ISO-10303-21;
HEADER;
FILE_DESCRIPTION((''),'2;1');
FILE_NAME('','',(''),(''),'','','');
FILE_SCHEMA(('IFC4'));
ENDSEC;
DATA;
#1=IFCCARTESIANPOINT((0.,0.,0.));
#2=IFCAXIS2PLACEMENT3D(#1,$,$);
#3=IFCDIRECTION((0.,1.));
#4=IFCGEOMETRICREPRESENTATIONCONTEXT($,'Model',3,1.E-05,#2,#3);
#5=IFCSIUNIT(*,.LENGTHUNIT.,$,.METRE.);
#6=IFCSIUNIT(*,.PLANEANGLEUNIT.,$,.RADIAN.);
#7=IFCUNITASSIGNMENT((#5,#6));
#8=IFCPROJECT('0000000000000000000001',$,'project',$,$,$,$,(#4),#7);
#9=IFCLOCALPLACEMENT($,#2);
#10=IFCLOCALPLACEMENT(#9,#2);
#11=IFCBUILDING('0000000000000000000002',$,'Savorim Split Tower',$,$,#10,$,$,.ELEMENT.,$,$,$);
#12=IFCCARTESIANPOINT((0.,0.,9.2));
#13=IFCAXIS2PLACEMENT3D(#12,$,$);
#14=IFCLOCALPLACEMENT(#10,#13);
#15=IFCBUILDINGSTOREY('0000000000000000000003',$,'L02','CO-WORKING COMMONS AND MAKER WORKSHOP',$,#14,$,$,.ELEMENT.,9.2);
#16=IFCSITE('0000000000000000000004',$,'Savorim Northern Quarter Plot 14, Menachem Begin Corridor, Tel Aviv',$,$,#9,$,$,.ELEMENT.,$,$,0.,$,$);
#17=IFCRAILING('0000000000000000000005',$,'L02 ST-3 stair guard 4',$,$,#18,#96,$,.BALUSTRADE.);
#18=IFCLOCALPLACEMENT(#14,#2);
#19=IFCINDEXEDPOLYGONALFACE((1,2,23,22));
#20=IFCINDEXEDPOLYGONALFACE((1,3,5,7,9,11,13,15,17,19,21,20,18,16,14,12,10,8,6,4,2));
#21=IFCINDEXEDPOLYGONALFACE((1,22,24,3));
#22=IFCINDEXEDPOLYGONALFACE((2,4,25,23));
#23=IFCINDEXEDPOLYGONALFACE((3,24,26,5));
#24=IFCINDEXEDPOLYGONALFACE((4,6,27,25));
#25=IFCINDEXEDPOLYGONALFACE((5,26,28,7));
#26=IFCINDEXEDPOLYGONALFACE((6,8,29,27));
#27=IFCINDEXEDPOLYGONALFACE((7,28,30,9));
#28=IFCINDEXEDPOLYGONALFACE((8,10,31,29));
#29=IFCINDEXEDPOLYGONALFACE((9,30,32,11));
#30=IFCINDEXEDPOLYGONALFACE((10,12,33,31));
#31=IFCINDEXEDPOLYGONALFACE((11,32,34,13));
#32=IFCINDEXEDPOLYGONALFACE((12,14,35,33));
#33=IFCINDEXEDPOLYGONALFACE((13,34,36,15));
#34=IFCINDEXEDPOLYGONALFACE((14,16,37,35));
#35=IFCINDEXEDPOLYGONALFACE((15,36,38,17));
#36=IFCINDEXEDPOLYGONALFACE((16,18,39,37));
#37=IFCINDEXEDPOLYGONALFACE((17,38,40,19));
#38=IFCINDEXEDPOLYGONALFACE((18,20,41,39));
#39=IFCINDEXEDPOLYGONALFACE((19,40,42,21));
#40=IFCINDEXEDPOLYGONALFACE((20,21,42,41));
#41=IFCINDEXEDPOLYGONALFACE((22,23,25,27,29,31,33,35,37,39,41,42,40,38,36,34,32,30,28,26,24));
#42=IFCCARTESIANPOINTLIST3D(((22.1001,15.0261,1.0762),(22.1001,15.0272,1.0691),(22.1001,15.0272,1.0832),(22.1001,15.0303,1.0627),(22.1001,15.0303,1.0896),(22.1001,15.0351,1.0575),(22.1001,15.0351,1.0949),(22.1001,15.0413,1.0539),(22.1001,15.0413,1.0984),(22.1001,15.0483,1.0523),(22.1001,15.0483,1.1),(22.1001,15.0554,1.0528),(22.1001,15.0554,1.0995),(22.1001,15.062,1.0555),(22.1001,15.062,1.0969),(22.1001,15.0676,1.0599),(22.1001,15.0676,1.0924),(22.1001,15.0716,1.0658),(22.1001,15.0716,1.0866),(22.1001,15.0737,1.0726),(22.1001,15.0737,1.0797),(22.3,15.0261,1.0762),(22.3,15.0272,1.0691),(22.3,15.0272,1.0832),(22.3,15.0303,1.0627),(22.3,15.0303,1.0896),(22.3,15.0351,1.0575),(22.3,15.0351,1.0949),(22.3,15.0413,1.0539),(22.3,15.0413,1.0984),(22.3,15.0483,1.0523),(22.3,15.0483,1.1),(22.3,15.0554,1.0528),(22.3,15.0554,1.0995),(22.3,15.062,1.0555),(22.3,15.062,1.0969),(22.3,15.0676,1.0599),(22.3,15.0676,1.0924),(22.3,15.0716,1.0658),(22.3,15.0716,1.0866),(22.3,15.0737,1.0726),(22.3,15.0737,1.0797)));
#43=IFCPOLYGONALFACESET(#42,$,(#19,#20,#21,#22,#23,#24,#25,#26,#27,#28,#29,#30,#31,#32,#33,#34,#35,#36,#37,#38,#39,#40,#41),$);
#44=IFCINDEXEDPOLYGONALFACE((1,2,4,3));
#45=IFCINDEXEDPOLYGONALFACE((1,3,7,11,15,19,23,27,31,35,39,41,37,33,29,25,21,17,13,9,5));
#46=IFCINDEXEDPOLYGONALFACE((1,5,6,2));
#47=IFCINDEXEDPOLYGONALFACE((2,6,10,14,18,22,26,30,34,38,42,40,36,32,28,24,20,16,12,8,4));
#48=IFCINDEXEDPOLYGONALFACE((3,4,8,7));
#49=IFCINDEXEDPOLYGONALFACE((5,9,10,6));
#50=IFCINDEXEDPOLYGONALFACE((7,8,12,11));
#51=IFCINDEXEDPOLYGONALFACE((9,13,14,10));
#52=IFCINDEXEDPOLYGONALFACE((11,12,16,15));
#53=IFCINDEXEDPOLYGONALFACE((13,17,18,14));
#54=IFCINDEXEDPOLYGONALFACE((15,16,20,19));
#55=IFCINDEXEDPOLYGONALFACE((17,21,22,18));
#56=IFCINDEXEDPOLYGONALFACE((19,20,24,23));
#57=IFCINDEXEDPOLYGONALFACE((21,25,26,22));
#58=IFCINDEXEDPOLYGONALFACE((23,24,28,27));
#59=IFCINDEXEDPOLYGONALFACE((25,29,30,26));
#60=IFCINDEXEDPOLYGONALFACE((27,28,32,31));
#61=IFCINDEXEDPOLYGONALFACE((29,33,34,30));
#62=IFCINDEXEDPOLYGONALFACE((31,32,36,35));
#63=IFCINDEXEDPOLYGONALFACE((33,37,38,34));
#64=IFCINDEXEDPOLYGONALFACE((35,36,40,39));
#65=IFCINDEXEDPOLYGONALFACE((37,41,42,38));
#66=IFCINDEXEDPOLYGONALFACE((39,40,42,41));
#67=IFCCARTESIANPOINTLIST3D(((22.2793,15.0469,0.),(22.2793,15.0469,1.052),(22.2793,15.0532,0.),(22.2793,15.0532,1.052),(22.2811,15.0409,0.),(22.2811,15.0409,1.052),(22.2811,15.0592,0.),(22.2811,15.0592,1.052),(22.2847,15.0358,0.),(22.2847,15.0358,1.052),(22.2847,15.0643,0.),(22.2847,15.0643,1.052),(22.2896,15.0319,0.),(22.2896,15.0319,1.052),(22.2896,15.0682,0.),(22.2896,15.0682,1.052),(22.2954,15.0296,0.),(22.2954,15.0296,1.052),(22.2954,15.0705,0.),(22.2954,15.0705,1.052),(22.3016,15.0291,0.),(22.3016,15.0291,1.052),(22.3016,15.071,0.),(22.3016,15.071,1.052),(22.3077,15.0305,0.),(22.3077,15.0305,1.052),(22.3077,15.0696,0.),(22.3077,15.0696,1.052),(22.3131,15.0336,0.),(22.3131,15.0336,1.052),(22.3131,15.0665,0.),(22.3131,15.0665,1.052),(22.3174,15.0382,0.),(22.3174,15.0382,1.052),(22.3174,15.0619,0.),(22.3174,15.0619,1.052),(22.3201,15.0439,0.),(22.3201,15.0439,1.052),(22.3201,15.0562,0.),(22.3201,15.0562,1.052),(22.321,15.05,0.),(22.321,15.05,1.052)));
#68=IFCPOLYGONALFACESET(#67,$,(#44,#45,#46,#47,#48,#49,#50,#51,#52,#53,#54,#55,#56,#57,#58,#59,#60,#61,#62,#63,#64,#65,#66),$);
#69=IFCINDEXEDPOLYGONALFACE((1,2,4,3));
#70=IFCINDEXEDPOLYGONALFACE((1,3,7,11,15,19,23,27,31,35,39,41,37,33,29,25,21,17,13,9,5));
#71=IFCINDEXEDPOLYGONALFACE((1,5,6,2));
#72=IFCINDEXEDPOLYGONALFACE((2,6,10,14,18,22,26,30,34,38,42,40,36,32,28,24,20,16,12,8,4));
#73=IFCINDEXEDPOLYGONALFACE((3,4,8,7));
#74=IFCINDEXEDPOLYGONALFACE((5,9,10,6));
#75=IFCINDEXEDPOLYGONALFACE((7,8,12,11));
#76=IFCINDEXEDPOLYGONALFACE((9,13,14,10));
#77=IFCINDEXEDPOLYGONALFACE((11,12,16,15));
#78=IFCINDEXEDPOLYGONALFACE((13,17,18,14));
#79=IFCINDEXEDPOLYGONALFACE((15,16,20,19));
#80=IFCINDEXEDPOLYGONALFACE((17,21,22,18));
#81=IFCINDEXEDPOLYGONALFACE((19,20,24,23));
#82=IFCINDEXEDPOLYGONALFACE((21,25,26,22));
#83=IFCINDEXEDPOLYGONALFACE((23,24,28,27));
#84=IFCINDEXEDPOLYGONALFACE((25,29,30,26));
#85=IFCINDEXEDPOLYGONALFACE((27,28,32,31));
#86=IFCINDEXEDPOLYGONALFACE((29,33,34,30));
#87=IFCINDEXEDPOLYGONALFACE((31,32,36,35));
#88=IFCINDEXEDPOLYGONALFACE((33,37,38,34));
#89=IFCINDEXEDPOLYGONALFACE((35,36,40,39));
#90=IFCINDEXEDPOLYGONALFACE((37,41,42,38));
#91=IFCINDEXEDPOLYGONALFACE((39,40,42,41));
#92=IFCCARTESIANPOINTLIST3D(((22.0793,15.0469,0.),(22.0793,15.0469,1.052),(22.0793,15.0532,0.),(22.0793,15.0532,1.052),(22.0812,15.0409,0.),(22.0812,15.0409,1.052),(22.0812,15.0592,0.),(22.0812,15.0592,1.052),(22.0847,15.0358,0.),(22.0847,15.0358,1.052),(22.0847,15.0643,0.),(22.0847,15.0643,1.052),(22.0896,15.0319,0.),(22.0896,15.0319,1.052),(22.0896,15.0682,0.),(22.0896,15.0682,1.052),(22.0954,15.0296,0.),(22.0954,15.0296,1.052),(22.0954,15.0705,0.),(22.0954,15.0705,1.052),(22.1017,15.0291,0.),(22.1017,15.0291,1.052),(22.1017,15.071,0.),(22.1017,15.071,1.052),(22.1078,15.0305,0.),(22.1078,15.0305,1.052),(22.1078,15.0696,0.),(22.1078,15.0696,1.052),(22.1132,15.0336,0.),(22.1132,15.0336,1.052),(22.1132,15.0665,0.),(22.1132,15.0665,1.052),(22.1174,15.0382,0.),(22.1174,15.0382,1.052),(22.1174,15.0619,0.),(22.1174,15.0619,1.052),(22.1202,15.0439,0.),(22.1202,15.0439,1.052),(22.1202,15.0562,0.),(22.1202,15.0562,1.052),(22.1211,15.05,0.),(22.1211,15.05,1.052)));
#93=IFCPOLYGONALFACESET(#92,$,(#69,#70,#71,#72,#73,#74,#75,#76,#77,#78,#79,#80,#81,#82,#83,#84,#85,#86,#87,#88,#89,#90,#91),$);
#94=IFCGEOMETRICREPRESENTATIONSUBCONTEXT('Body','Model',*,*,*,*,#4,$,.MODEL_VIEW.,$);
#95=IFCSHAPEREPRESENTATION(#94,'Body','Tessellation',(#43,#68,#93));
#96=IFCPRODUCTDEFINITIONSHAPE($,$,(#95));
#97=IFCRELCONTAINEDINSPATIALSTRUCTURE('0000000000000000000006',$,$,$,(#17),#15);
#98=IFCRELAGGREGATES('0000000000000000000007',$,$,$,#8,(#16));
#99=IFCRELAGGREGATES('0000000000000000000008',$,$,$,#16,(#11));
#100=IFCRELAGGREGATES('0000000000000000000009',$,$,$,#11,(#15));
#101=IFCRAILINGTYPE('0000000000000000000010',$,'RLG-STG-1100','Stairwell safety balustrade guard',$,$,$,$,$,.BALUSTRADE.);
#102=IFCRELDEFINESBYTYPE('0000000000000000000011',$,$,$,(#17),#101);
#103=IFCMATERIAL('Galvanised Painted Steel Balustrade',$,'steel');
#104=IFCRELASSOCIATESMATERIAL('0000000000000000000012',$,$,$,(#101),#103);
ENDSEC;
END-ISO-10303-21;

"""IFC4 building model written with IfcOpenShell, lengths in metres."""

from ifc_helpers import new_model, si_unit, direction, frame, origin, origin_2d, place, context, subcontext, project, spatial, circle, extrude, material, type_object, element, save


model = new_model("IFC4")

# Units and contexts
model_context = context("Model", 3, precision=1e-05, world=origin(), true_north=direction((0.0, 1.0)))
body_context = subcontext(model_context, "Body", "Model", "MODEL_VIEW")
ifc_project = project(units=[si_unit("LENGTHUNIT", "METRE"), si_unit("PLANEANGLEUNIT", "RADIAN")], contexts=[model_context])

# Site, building, storey
site_placement = place(None, origin())
site = spatial("IfcSite", under=ifc_project, at=site_placement, Name="Savorim Northern Quarter Plot 14, Menachem Begin Corridor, Tel Aviv", CompositionType="ELEMENT", RefElevation=0.0)
building_placement = place(site_placement, origin())
building = spatial("IfcBuilding", under=site, at=building_placement, Name="Savorim Split Tower", CompositionType="ELEMENT")
storey_placement = place(building_placement, frame((0.0, 0.0, 9.2)))
storey = spatial("IfcBuildingStorey", under=building, at=storey_placement, Name="L02", Description="CO-WORKING COMMONS AND MAKER WORKSHOP", CompositionType="ELEMENT", Elevation=9.2)

# Railing
ifc_material_1 = material(Name="Galvanised Painted Steel Balustrade", Category="steel")
railing_type_1 = type_object("IfcRailingType", Name="RLG-STG-1100", Description="Stairwell safety balustrade guard", PredefinedType="BALUSTRADE", material=ifc_material_1)
railing_1_placement = place(storey_placement, frame((22.3, 15.05, 0.0)))
element("IfcRailing", 1, at=railing_1_placement, inside=storey, type_object=railing_type_1, Name="L02 ST-3 stair guard 4", PredefinedType="BALUSTRADE", context=body_context, shape_type="SweptSolid", body=[
    extrude(circle(Radius=0.0239, at=origin_2d()), frame((0.0, 0.0, 1.0762), z_axis=(-1.0, 0.0, 0.0), x_axis=(0.0, -1.0, 0.0)), (0.0, 0.0, 1.0), 0.2),
    extrude(circle(Radius=0.021, at=origin_2d()), origin(), (0.0, 0.0, 1.0), 1.052),
    extrude(circle(Radius=0.021, at=origin_2d()), frame((-0.2, 0.0, 0.0)), (0.0, 0.0, 1.0), 1.052),
])

save(model, "model.ifc")
